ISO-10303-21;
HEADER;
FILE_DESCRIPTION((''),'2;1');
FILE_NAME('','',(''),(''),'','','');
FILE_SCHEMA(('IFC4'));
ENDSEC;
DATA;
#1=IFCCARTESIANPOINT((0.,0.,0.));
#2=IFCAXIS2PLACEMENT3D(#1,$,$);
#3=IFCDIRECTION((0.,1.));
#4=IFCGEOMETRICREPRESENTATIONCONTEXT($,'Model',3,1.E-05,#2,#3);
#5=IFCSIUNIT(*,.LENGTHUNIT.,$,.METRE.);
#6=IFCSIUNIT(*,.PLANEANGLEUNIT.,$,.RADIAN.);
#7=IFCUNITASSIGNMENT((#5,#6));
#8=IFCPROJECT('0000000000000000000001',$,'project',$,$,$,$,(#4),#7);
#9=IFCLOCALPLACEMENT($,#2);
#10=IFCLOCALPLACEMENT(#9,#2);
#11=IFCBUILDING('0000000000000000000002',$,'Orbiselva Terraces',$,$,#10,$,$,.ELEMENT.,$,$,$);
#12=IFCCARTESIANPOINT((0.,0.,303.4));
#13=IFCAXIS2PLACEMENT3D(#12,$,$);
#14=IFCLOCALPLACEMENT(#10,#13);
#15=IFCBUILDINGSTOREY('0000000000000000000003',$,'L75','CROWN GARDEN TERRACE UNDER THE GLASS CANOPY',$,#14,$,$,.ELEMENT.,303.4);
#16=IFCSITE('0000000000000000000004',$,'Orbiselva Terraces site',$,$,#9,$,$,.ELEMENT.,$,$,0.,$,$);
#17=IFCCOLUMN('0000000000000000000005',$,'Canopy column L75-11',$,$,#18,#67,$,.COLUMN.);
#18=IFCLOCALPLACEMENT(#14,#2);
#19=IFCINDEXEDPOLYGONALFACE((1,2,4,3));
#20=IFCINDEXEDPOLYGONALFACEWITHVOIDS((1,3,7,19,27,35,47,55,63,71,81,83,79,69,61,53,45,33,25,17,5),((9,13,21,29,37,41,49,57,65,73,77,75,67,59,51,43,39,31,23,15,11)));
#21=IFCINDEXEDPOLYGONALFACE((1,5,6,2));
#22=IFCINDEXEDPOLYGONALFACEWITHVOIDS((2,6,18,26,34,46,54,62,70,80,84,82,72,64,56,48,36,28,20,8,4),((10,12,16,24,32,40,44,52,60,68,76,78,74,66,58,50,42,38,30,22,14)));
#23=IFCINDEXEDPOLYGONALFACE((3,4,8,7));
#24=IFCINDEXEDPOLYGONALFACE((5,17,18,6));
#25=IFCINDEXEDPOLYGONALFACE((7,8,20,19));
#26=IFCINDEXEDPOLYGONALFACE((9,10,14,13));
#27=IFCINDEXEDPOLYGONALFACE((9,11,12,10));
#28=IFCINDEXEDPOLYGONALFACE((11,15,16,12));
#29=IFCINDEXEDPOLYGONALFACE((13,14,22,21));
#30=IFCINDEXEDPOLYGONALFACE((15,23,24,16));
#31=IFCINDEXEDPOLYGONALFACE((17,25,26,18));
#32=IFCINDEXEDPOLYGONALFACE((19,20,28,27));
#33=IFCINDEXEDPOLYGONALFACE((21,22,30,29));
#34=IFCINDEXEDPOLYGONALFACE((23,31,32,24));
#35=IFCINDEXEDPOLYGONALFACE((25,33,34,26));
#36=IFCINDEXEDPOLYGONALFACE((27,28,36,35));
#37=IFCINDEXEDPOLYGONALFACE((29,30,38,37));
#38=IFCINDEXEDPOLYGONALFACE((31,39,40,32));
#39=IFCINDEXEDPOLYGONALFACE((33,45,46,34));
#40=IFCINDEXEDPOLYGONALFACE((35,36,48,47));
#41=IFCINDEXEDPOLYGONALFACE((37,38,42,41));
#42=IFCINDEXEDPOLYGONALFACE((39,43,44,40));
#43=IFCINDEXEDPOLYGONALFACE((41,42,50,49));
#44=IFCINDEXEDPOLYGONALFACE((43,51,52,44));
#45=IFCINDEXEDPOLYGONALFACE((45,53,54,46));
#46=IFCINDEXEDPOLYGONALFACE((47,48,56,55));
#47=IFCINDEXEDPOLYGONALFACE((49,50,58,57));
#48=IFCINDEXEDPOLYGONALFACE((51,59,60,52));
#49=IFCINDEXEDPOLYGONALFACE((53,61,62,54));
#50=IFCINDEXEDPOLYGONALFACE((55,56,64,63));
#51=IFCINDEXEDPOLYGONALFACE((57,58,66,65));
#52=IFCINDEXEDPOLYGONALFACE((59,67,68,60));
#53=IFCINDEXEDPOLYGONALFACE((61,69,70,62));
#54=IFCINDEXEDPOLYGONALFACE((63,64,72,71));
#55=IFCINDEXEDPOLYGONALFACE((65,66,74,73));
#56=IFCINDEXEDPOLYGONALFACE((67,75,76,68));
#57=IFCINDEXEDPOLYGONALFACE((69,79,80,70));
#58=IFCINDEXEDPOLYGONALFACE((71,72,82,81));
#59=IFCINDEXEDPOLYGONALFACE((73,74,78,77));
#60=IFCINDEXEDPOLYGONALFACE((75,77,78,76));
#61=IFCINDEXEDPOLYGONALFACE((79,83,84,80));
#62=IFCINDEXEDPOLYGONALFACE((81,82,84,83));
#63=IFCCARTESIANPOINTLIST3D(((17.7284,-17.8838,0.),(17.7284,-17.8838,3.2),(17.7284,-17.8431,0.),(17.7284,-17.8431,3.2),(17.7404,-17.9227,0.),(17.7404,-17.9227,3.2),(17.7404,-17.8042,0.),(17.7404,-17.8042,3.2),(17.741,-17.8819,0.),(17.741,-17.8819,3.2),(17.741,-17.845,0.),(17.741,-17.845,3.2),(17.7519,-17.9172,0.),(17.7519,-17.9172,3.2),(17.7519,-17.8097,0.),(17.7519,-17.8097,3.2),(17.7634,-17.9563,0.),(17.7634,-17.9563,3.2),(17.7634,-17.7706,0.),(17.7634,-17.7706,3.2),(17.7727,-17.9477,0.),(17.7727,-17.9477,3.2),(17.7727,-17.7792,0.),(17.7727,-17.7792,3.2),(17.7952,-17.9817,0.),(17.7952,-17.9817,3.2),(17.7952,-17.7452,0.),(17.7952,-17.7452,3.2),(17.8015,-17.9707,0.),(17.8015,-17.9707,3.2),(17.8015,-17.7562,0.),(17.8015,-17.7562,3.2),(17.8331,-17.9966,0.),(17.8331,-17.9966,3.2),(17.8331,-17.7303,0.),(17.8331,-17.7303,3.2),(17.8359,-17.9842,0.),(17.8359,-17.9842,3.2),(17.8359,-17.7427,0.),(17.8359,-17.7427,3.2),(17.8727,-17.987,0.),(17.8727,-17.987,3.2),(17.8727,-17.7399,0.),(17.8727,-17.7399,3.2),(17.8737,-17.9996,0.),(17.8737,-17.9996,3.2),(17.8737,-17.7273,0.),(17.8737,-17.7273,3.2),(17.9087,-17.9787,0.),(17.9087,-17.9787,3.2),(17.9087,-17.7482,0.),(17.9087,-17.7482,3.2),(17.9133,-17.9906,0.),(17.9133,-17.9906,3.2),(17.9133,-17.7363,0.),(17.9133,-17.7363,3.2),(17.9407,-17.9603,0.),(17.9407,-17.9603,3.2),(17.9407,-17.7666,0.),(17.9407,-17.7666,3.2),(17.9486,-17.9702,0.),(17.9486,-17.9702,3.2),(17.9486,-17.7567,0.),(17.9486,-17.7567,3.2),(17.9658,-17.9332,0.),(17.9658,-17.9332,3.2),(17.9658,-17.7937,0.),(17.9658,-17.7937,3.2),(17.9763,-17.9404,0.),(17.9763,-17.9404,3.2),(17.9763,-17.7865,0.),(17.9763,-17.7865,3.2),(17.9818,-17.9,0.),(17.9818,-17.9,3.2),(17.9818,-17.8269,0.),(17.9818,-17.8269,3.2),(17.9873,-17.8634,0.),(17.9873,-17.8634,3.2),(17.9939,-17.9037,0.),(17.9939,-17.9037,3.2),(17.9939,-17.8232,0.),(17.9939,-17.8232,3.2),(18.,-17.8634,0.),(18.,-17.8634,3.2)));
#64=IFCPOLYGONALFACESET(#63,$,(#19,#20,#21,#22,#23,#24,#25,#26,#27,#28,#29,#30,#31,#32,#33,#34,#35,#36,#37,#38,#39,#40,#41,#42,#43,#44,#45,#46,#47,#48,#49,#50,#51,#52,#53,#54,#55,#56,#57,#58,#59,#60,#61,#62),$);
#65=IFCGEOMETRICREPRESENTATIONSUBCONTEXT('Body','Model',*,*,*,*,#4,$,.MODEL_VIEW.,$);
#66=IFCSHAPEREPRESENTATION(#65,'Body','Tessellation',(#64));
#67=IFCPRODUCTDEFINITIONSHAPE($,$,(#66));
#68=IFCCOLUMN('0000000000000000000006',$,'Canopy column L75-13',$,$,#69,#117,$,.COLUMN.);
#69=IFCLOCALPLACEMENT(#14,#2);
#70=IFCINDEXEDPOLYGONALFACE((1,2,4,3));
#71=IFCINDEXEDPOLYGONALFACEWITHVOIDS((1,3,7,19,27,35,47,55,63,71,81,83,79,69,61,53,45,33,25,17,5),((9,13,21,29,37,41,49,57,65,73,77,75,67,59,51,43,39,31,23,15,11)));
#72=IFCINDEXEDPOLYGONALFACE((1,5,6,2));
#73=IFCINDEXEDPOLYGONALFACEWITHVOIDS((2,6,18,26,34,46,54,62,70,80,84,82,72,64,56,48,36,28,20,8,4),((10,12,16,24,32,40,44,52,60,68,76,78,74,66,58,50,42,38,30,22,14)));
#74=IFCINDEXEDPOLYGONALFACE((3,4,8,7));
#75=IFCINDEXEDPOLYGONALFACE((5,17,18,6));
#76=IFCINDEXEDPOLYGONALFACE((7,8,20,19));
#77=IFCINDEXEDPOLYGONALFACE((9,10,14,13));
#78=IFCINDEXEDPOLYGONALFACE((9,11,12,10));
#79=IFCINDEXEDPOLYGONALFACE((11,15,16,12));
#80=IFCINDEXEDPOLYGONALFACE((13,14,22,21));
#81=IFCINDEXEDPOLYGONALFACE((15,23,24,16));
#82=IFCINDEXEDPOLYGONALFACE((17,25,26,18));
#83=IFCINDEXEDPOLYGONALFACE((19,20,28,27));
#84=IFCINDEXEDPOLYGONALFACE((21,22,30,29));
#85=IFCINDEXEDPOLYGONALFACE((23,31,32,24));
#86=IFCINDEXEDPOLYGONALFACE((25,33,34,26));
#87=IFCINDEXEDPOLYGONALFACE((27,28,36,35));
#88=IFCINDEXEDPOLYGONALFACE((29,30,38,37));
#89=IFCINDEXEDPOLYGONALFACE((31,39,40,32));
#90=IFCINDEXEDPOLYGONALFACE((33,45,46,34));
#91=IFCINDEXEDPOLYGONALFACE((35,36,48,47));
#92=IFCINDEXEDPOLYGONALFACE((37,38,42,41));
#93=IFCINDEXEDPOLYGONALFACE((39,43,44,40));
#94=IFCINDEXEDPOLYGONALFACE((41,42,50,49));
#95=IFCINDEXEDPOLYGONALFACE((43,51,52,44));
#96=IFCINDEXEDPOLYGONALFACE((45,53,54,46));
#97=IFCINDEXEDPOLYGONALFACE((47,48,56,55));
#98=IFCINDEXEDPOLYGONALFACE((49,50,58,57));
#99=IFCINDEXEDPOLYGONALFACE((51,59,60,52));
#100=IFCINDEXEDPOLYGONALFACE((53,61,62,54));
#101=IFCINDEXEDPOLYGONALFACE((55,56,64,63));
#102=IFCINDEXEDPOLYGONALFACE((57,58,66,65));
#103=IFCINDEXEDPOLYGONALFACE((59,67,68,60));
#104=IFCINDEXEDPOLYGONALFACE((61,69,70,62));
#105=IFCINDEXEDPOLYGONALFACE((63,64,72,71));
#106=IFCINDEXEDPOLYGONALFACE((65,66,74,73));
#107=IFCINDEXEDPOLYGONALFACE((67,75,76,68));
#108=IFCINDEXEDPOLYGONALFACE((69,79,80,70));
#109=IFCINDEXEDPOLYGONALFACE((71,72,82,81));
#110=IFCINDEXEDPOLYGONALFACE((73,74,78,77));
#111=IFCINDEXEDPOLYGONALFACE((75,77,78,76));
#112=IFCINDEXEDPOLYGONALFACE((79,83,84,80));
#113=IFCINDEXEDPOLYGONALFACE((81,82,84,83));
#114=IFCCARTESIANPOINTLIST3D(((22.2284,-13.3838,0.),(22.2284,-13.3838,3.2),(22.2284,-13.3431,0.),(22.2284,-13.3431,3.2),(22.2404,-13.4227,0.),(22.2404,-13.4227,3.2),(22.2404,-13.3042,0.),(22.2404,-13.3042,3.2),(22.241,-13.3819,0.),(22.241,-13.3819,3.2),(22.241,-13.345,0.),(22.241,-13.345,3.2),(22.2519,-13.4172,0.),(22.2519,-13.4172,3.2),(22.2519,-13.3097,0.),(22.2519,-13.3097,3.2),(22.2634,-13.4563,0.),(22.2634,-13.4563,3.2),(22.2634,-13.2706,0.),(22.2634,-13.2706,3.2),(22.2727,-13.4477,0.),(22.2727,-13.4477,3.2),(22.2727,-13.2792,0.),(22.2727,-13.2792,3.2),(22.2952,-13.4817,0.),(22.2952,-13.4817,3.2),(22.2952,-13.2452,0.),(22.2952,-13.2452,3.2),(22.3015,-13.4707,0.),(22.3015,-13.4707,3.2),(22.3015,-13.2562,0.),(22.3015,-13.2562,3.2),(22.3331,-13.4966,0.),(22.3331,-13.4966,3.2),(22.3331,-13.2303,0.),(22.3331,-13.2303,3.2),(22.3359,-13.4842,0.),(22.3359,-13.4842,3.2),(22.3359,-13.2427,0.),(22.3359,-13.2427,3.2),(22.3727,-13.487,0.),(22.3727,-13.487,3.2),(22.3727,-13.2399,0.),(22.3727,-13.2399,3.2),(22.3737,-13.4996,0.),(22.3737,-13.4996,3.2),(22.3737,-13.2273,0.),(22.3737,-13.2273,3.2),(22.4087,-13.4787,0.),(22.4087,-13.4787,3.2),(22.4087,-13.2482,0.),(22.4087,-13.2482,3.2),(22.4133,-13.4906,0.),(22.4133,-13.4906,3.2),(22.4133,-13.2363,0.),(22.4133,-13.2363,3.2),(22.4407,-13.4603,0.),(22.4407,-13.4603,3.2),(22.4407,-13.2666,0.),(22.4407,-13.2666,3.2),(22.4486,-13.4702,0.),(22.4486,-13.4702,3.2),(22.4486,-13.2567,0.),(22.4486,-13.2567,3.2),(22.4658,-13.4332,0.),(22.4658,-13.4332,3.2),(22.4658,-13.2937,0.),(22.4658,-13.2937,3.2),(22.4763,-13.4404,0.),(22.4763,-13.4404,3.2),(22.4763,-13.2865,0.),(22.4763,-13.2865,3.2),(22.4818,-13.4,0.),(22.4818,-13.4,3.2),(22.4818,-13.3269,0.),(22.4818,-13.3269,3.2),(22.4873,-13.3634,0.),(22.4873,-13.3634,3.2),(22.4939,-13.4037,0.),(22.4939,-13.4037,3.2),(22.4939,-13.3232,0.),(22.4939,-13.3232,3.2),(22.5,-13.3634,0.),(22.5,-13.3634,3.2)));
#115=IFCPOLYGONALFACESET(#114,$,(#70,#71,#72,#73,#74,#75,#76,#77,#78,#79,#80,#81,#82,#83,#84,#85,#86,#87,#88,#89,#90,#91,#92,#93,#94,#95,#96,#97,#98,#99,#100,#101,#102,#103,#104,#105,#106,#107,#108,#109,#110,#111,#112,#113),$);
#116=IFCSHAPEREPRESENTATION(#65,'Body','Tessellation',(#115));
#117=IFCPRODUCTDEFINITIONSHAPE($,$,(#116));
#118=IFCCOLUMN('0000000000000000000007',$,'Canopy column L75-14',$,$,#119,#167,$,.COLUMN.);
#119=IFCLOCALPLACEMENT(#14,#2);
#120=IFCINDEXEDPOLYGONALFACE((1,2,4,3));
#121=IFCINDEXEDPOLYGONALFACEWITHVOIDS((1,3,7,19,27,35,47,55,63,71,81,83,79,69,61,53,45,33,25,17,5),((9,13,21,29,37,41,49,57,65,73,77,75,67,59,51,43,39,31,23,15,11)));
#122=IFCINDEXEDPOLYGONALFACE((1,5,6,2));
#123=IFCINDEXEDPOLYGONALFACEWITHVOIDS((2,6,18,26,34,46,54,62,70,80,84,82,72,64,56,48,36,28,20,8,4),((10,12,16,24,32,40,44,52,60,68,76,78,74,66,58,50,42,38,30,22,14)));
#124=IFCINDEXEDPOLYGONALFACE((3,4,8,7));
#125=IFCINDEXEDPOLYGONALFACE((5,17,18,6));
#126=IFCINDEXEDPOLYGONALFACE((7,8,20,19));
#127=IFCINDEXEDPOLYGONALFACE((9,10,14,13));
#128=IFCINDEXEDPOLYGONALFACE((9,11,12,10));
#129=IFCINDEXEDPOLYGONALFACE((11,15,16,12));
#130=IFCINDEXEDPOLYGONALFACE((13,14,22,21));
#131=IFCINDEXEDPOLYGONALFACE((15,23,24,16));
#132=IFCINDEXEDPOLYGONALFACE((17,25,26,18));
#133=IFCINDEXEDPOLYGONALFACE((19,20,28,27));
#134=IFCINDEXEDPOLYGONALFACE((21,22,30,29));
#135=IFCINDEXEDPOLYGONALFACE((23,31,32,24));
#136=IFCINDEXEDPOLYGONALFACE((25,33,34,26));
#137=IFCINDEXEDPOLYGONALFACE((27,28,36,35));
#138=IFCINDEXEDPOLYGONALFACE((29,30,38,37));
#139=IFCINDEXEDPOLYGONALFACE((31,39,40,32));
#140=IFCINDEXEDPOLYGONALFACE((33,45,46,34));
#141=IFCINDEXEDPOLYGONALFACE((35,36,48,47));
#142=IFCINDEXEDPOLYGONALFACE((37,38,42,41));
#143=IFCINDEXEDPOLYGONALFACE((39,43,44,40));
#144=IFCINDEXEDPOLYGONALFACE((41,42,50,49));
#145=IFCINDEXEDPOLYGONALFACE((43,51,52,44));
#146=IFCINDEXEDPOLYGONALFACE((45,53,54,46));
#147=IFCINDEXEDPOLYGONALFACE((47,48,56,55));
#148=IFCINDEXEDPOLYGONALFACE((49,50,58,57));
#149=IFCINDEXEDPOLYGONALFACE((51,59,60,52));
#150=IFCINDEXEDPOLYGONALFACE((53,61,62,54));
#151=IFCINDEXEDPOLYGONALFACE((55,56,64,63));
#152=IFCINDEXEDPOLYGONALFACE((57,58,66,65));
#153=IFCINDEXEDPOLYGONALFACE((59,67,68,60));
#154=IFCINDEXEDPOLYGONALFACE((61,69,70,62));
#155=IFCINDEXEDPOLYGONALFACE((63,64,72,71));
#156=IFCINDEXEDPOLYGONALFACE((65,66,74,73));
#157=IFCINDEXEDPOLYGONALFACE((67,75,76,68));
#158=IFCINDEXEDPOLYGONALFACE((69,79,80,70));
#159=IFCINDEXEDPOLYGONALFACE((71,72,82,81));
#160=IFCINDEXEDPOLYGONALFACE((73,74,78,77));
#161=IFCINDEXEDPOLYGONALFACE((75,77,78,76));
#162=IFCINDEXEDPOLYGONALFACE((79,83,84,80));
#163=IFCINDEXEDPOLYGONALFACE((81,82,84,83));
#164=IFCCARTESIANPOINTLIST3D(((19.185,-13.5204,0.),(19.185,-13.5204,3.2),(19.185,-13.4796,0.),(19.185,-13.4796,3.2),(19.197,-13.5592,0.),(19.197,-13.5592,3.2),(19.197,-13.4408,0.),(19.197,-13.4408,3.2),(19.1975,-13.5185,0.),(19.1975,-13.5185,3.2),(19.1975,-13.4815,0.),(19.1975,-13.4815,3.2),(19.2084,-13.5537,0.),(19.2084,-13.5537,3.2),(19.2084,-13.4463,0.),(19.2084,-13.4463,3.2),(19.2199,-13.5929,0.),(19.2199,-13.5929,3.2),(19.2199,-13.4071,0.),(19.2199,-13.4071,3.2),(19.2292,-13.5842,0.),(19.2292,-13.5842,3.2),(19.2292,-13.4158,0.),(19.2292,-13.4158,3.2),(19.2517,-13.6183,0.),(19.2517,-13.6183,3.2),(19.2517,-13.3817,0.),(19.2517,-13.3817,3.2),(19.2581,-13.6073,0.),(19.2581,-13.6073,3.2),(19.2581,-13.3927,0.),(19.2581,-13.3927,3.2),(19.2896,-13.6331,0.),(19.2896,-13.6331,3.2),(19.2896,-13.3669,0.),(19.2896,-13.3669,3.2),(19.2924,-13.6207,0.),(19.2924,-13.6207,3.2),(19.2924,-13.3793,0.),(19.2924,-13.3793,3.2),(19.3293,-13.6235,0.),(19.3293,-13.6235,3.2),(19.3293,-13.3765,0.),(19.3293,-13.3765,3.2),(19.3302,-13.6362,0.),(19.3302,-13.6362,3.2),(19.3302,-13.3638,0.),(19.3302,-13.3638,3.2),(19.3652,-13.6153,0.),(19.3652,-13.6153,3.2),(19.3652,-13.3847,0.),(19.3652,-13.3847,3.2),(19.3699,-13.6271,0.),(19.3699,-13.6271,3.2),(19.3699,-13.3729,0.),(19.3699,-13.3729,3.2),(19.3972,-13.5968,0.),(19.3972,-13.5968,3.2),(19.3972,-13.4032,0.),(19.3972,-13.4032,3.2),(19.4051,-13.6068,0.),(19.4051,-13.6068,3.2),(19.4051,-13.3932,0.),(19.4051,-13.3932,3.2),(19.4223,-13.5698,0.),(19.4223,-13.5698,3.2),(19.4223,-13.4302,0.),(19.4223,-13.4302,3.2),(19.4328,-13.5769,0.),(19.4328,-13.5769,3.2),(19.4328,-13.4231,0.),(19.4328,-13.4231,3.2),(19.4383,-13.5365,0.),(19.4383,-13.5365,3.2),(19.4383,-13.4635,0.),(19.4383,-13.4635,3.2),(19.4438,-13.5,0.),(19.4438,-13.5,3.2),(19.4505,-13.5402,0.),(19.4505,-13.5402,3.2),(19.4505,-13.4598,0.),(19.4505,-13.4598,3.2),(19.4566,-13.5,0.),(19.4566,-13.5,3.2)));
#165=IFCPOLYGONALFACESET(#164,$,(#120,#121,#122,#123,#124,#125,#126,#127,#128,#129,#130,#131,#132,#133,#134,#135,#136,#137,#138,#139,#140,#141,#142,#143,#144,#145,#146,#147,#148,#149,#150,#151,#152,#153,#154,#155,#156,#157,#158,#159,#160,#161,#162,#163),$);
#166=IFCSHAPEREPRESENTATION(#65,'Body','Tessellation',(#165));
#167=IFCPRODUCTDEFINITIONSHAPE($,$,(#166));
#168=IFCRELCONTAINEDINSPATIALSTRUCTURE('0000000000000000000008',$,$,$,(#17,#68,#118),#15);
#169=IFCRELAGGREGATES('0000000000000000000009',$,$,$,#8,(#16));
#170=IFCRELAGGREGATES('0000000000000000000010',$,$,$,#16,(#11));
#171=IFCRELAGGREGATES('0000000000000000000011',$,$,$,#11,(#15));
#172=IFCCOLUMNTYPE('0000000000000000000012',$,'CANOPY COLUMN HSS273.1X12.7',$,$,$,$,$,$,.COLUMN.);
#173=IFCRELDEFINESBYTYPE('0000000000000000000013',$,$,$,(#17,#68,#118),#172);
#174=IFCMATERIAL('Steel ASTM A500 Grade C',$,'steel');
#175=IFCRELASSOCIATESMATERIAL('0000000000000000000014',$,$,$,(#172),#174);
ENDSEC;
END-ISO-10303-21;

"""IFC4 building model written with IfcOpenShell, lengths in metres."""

from ifc_helpers import new_model, si_unit, direction, frame, origin, origin_2d, place, context, subcontext, project, spatial, hollow_circle, extrude, material, material_profile, profile_set, type_object, element, save


model = new_model("IFC4")

# Units and contexts
model_context = context("Model", 3, precision=1e-05, world=origin(), true_north=direction((0.0, 1.0)))
body_context = subcontext(model_context, "Body", "Model", "MODEL_VIEW")
ifc_project = project(units=[si_unit("LENGTHUNIT", "METRE"), si_unit("PLANEANGLEUNIT", "RADIAN")], contexts=[model_context])

# Site, building, storey
site_placement = place(None, origin())
site = spatial("IfcSite", under=ifc_project, at=site_placement, Name="Orbiselva Terraces site", CompositionType="ELEMENT", RefElevation=0.0)
building_placement = place(site_placement, origin())
building = spatial("IfcBuilding", under=site, at=building_placement, Name="Orbiselva Terraces", CompositionType="ELEMENT")
storey_placement = place(building_placement, frame((0.0, 0.0, 303.4)))
storey = spatial("IfcBuildingStorey", under=building, at=storey_placement, Name="L75", Description="CROWN GARDEN TERRACE UNDER THE GLASS CANOPY", CompositionType="ELEMENT", Elevation=303.4)

# Columns
ifc_material_1 = material(Name="Steel ASTM A500 Grade C", Category="steel")
ifc_material_profile = material_profile(ifc_material_1, hollow_circle(Radius=0.1366, WallThickness=0.0127, at=origin_2d()), Name="HSS273.1X12.7")
ifc_profile_set = profile_set([ifc_material_profile], Name="Steel ASTM A500 Grade C")
column_type = type_object("IfcColumnType", Name="CANOPY COLUMN HSS273.1X12.7", PredefinedType="COLUMN", material=ifc_profile_set)
for number, where, z_axis, x_axis, name in (
    (1, (17.8635, -17.8635, 0.0), (0.0, 0.0, 1.0), (1.0, 0.0, 0.0), "Canopy column L75-11"),
    (2, (22.3635, -13.3635, 0.0), (0.0, 0.0, 1.0), (1.0, 0.0, 0.0), "Canopy column L75-13"),
    (3, (19.32, -13.5, 0.0), (0.0, 0.0, 1.0), (1.0, 0.0, 0.0), "Canopy column L75-14"),
):
    element("IfcColumn", number, at=place(storey_placement, frame(where, z_axis=z_axis, x_axis=x_axis)), inside=storey, type_object=column_type, Name=name, PredefinedType="COLUMN", context=body_context, shape_type="SweptSolid", body=[
        extrude(hollow_circle(Radius=0.1366, WallThickness=0.0127, at=origin_2d()), origin(), (0.0, 0.0, 1.0), 3.2),
    ])

save(model, "model.ifc")
